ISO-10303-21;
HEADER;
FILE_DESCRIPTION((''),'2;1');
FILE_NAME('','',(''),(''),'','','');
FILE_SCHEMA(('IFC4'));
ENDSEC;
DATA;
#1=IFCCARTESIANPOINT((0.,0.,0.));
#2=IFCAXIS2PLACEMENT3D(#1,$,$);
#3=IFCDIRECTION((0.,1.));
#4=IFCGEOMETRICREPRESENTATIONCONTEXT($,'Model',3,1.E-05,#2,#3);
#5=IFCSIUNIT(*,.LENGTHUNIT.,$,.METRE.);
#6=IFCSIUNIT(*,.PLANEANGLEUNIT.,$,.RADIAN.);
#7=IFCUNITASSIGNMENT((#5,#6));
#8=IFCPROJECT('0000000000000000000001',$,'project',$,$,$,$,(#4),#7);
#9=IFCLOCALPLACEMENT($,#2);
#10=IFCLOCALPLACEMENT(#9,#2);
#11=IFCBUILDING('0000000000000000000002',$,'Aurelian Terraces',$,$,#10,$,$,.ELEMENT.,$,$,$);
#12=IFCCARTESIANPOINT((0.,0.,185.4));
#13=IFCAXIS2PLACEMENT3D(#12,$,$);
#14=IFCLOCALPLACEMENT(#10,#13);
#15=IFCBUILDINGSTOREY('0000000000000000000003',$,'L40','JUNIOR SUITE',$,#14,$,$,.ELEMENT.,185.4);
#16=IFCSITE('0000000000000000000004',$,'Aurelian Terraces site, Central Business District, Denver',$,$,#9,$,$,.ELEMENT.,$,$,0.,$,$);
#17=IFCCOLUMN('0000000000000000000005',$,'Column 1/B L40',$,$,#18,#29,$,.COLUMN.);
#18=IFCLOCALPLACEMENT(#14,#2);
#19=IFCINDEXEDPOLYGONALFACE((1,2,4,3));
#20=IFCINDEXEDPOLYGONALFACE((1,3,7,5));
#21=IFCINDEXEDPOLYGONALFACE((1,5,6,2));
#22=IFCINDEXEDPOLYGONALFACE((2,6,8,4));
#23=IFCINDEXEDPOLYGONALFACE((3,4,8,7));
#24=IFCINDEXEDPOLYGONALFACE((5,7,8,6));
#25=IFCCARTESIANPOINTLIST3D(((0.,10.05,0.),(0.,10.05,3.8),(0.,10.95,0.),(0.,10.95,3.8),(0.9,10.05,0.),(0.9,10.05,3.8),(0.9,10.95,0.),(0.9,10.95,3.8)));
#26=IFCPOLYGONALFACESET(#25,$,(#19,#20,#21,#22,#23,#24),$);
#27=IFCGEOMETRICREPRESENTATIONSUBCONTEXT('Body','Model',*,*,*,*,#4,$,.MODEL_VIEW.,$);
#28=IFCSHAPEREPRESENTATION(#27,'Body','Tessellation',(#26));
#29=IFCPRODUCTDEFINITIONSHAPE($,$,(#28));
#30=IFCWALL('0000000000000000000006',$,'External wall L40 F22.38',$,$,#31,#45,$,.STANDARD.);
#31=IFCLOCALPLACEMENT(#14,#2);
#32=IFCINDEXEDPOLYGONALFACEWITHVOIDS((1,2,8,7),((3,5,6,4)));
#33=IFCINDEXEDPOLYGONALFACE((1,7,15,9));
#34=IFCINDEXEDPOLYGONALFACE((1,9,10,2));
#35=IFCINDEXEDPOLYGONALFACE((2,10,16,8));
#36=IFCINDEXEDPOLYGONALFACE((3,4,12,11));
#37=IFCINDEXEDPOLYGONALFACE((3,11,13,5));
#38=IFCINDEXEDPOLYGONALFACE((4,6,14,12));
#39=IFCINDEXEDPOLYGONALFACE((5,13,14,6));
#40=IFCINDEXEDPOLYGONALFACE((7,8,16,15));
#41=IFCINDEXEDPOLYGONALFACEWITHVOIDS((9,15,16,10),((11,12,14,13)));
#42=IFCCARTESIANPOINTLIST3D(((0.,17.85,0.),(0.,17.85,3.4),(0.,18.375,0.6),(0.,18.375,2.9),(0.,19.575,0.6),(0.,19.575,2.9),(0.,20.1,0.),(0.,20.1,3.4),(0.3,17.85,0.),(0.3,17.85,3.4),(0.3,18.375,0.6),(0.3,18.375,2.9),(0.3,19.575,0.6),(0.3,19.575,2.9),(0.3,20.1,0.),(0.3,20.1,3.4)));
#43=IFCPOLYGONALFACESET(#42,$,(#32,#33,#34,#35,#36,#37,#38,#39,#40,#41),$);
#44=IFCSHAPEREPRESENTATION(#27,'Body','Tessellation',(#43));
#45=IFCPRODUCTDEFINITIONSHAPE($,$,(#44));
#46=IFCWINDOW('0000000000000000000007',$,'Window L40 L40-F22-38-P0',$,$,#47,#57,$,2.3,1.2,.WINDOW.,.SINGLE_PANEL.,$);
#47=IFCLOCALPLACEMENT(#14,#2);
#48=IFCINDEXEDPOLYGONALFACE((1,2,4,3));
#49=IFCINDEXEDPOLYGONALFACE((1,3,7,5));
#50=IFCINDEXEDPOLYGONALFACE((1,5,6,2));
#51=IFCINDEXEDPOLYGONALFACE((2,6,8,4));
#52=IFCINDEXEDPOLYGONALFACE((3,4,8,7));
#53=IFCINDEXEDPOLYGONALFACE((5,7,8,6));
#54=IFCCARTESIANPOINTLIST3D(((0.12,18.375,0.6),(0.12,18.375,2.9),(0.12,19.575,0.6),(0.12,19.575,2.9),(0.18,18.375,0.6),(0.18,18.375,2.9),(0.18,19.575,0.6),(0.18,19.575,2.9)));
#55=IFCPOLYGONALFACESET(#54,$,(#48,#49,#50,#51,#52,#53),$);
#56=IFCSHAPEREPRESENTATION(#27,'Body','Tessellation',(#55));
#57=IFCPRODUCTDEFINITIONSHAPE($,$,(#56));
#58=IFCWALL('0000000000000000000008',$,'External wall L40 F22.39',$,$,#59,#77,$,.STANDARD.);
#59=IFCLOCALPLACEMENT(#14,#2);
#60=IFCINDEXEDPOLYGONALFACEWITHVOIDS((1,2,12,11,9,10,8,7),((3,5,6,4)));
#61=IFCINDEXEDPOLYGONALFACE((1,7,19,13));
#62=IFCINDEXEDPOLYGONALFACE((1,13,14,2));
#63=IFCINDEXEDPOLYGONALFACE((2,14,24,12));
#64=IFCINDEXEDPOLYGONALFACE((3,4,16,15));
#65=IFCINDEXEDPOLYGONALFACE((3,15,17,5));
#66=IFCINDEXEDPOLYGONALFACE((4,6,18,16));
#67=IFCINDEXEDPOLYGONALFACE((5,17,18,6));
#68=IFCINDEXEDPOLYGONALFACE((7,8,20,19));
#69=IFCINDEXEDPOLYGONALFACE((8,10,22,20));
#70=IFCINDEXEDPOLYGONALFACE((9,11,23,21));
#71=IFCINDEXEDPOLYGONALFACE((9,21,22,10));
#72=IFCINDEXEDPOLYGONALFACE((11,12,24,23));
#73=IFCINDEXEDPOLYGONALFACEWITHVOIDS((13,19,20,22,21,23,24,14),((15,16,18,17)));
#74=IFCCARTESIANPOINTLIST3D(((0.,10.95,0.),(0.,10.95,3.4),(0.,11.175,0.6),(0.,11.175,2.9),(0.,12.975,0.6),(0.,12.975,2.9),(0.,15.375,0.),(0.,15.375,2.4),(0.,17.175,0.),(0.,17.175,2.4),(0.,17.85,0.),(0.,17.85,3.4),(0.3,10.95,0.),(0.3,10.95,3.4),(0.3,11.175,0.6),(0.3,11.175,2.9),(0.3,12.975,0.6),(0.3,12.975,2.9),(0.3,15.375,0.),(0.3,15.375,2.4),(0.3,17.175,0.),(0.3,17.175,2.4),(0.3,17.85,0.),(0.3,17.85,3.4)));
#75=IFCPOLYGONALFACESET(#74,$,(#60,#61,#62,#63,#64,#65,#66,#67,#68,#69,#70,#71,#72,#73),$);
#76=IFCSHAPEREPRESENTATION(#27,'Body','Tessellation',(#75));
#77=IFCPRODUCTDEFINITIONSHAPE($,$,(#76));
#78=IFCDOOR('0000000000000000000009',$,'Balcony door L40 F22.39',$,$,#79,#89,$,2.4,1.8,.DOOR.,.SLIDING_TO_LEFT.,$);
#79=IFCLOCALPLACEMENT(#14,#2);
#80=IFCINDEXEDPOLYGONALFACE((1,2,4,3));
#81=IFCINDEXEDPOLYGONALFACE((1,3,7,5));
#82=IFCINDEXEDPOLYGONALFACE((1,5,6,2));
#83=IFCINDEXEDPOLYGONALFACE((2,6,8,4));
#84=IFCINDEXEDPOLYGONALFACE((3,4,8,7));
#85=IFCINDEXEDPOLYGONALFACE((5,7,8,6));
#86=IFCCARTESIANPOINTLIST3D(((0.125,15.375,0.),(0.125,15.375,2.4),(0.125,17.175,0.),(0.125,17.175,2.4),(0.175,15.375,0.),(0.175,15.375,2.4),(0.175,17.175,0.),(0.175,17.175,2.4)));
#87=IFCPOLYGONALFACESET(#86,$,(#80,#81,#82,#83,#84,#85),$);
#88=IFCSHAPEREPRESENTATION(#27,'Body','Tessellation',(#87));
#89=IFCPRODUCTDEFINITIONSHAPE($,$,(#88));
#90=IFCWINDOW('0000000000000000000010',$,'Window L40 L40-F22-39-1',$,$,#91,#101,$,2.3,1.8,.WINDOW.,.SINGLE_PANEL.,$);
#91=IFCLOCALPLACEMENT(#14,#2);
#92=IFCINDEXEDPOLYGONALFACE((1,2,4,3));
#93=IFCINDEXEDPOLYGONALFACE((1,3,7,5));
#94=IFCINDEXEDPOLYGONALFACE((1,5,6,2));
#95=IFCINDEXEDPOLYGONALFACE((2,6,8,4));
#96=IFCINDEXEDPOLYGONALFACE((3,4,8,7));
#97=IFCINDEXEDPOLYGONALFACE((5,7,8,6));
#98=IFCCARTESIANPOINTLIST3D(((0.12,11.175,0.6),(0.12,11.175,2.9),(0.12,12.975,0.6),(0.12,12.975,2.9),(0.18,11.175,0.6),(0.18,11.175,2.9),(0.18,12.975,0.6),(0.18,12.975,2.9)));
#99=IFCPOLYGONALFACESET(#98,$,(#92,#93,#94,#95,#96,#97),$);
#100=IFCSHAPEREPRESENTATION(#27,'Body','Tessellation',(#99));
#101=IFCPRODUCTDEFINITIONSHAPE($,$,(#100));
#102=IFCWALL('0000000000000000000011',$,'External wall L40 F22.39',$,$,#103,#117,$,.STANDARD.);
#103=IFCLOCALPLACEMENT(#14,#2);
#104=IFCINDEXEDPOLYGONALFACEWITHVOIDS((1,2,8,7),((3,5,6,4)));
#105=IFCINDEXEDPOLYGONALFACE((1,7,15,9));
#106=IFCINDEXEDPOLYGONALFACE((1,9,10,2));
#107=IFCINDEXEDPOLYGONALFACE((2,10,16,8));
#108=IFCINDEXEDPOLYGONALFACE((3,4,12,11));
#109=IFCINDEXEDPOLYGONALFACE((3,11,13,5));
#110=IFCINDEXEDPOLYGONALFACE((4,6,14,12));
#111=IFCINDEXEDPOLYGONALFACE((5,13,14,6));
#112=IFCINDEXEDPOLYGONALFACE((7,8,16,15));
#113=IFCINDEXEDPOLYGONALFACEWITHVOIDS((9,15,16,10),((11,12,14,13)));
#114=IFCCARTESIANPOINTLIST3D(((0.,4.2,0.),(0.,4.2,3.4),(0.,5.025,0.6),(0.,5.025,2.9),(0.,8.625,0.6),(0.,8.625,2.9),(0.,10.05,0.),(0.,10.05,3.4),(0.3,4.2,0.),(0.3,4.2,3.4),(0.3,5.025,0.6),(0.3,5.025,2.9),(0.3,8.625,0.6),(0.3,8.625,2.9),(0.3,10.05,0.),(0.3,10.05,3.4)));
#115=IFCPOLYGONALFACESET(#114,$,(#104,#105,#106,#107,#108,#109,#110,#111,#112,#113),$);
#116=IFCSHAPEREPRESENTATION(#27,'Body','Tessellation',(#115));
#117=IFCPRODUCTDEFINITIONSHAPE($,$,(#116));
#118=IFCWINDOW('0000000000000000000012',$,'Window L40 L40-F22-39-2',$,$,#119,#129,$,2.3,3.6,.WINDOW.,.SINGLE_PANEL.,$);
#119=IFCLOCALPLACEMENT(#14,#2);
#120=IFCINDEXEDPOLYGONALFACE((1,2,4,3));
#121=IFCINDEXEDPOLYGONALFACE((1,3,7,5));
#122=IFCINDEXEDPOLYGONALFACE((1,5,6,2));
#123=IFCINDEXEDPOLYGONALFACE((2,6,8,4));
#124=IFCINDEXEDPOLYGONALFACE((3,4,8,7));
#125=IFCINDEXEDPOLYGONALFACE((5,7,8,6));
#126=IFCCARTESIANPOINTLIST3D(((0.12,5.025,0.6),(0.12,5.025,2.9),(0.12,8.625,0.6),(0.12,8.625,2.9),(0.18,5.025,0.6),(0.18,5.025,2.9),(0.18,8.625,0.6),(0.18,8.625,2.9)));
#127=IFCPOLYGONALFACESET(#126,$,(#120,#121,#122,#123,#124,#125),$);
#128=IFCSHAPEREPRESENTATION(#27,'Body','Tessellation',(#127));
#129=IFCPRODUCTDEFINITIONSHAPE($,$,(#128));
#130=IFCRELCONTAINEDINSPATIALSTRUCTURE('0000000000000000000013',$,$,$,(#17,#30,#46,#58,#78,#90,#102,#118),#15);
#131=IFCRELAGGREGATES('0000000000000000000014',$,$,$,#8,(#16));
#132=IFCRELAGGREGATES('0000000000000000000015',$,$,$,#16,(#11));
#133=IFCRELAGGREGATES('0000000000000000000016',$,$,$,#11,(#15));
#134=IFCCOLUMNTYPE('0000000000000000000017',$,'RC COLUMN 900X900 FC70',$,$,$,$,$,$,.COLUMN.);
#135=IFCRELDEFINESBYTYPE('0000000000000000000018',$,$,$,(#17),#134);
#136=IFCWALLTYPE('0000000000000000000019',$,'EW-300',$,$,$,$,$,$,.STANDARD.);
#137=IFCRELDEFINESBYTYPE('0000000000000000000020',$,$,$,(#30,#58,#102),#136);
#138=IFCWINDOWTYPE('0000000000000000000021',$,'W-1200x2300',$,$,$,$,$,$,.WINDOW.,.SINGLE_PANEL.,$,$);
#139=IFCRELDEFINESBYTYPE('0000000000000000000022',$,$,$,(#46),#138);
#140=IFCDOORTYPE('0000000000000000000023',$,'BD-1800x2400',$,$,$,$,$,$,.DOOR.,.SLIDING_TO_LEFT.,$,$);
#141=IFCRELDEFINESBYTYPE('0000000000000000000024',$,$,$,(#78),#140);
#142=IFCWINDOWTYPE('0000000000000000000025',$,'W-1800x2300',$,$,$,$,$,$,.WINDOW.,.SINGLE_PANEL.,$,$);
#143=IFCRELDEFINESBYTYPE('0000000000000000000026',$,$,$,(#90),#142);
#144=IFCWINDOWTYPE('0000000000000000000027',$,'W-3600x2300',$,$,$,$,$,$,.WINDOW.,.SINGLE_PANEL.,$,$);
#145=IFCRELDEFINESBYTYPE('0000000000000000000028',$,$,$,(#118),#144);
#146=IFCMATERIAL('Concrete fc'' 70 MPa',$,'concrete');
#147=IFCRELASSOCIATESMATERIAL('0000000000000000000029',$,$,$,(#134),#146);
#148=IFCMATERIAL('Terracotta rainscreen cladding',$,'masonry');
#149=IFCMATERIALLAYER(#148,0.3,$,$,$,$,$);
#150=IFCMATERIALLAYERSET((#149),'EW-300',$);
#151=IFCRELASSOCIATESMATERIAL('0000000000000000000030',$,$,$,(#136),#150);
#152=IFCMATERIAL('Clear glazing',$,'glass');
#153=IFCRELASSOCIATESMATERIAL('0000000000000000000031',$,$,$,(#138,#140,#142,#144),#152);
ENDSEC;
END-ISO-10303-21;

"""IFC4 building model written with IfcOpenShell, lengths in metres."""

from ifc_helpers import new_model, si_unit, direction, frame, frame_2d, origin, origin_2d, place, context, subcontext, project, spatial, rectangle, extrude, source, transform, mapped, material, layer, layer_set, material_profile, profile_set, type_object, element, fill, save


model = new_model("IFC4")

# Units and contexts
model_context = context("Model", 3, precision=1e-05, world=origin(), true_north=direction((0.0, 1.0)))
body_context = subcontext(model_context, "Body", "Model", "MODEL_VIEW")
ifc_project = project(units=[si_unit("LENGTHUNIT", "METRE"), si_unit("PLANEANGLEUNIT", "RADIAN")], contexts=[model_context])

# Site, building, storey
site_placement = place(None, origin())
site = spatial("IfcSite", under=ifc_project, at=site_placement, Name="Aurelian Terraces site, Central Business District, Denver", CompositionType="ELEMENT", RefElevation=0.0)
building_placement = place(site_placement, origin())
building = spatial("IfcBuilding", under=site, at=building_placement, Name="Aurelian Terraces", CompositionType="ELEMENT")
storey_placement = place(building_placement, frame((0.0, 0.0, 185.4)))
storey = spatial("IfcBuildingStorey", under=building, at=storey_placement, Name="L40", Description="JUNIOR SUITE", CompositionType="ELEMENT", Elevation=185.4)

# Column
ifc_material_1 = material(Name="Concrete fc' 70 MPa", Category="concrete")
ifc_material_profile = material_profile(ifc_material_1, rectangle(XDim=0.9, YDim=0.9, at=origin_2d()))
ifc_profile_set = profile_set([ifc_material_profile], Name="Concrete fc' 70 MPa")
column_type = type_object("IfcColumnType", Name="RC COLUMN 900X900 FC70", PredefinedType="COLUMN", material=ifc_profile_set)
shared_shape_1 = source(origin(), body_context, "Body", "SweptSolid", [
    extrude(rectangle(XDim=0.9, YDim=0.9, at=origin_2d()), origin(), (0.0, 0.0, 1.0), 3.8),
])
column_placement = place(storey_placement, frame((0.45, 10.5, 0.0), z_axis=(0.0, 0.0, 1.0), x_axis=(1.0, 0.0, 0.0)))
element("IfcColumn", 1, at=column_placement, inside=storey, type_object=column_type, Name="Column 1/B L40", PredefinedType="COLUMN", context=body_context, shape_type="MappedRepresentation", body=[
    mapped(shared_shape_1, transform((0.0, 0.0, 0.0), scale=1.0)),
])

# Wall, opening, window
ifc_material_2 = material(Name="Terracotta rainscreen cladding", Category="masonry")
ifc_layer_1 = layer(ifc_material_2, 0.3)
ifc_layer_set_1 = layer_set([ifc_layer_1], Name="EW-300")
wall_type_1 = type_object("IfcWallType", Name="EW-300", PredefinedType="STANDARD", material=ifc_layer_set_1)
wall_1_placement = place(storey_placement, frame((0.15, 20.1, 0.0), z_axis=(0.0, 0.0, 1.0), x_axis=(0.0, -1.0, 0.0)))
wall_1 = element("IfcWall", 2, at=wall_1_placement, inside=storey, type_object=wall_type_1, Name="External wall L40 F22.38", PredefinedType="STANDARD", context=body_context, shape_type="SweptSolid", body=[
    extrude(rectangle(XDim=2.25, YDim=0.3, at=frame_2d((1.125, 0.0))), origin(), (0.0, 0.0, 1.0), 3.4),
])
shared_shape_2 = source(origin(), body_context, "Body", "SweptSolid", [
    extrude(rectangle(XDim=1.2, YDim=2.3, at=frame_2d((0.6, 1.15))), frame((0.0, 0.16, 0.0), z_axis=(0.0, -1.0, 0.0), x_axis=(1.0, 0.0, 0.0)), (0.0, 0.0, 1.0), 0.32),
])
opening_1_placement = place(wall_1_placement, frame((0.525, 0.0, 0.6)))
opening_1 = element("IfcOpeningElement", 3, at=opening_1_placement, cuts=wall_1, PredefinedType="OPENING", context=body_context, shape_type="MappedRepresentation", body=[
    mapped(shared_shape_2, transform((0.0, 0.0, 0.0), scale=1.0)),
])
ifc_material_3 = material(Name="Clear glazing", Category="glass")
window_type_1 = type_object("IfcWindowType", Name="W-1200x2300", PartitioningType="SINGLE_PANEL", PredefinedType="WINDOW", material=ifc_material_3)
shared_shape_3 = source(origin(), body_context, "Body", "SweptSolid", [
    extrude(rectangle(XDim=1.2, YDim=2.3, at=frame_2d((0.6, 1.15))), frame((0.0, 0.03, 0.0), z_axis=(0.0, -1.0, 0.0), x_axis=(1.0, 0.0, 0.0)), (0.0, 0.0, 1.0), 0.06),
])
window_1_placement = place(opening_1_placement, origin())
window_1 = element("IfcWindow", 4, at=window_1_placement, inside=storey, type_object=window_type_1, Name="Window L40 L40-F22-38-P0", OverallHeight=2.3, OverallWidth=1.2, PartitioningType="SINGLE_PANEL", PredefinedType="WINDOW", context=body_context, shape_type="MappedRepresentation", body=[
    mapped(shared_shape_3, transform((0.0, 0.0, 0.0), scale=1.0)),
])
fill(opening_1, window_1)

# Wall, openings, door, window
wall_2_placement = place(storey_placement, frame((0.15, 17.85, 0.0), z_axis=(0.0, 0.0, 1.0), x_axis=(0.0, -1.0, 0.0)))
wall_2 = element("IfcWall", 5, at=wall_2_placement, inside=storey, type_object=wall_type_1, Name="External wall L40 F22.39", PredefinedType="STANDARD", context=body_context, shape_type="SweptSolid", body=[
    extrude(rectangle(XDim=6.9, YDim=0.3, at=frame_2d((3.45, 0.0))), origin(), (0.0, 0.0, 1.0), 3.4),
])
shared_shape_4 = source(origin(), body_context, "Body", "SweptSolid", [
    extrude(rectangle(XDim=1.8, YDim=2.4, at=frame_2d((0.9, 1.2))), frame((0.0, 0.16, 0.0), z_axis=(0.0, -1.0, 0.0), x_axis=(1.0, 0.0, 0.0)), (0.0, 0.0, 1.0), 0.32),
])
opening_2_placement = place(wall_2_placement, frame((0.675, 0.0, 0.0)))
opening_2 = element("IfcOpeningElement", 6, at=opening_2_placement, cuts=wall_2, PredefinedType="OPENING", context=body_context, shape_type="MappedRepresentation", body=[
    mapped(shared_shape_4, transform((0.0, 0.0, 0.0), scale=1.0)),
])
shared_shape_5 = source(origin(), body_context, "Body", "SweptSolid", [
    extrude(rectangle(XDim=1.8, YDim=2.3, at=frame_2d((0.9, 1.15))), frame((0.0, 0.16, 0.0), z_axis=(0.0, -1.0, 0.0), x_axis=(1.0, 0.0, 0.0)), (0.0, 0.0, 1.0), 0.32),
])
opening_3_placement = place(wall_2_placement, frame((4.875, 0.0, 0.6)))
opening_3 = element("IfcOpeningElement", 7, at=opening_3_placement, cuts=wall_2, PredefinedType="OPENING", context=body_context, shape_type="MappedRepresentation", body=[
    mapped(shared_shape_5, transform((0.0, 0.0, 0.0), scale=1.0)),
])
door_type_1 = type_object("IfcDoorType", Name="BD-1800x2400", OperationType="SLIDING_TO_LEFT", PredefinedType="DOOR", material=ifc_material_3)
shared_shape_6 = source(origin(), body_context, "Body", "SweptSolid", [
    extrude(rectangle(XDim=1.8, YDim=2.4, at=frame_2d((0.9, 1.2))), frame((0.0, 0.025, 0.0), z_axis=(0.0, -1.0, 0.0), x_axis=(1.0, 0.0, 0.0)), (0.0, 0.0, 1.0), 0.05),
])
door_1_placement = place(opening_2_placement, origin())
door_1 = element("IfcDoor", 8, at=door_1_placement, inside=storey, type_object=door_type_1, Name="Balcony door L40 F22.39", OperationType="SLIDING_TO_LEFT", OverallHeight=2.4, OverallWidth=1.8, PredefinedType="DOOR", context=body_context, shape_type="MappedRepresentation", body=[
    mapped(shared_shape_6, transform((0.0, 0.0, 0.0), scale=1.0)),
])
fill(opening_2, door_1)
window_type_2 = type_object("IfcWindowType", Name="W-1800x2300", PartitioningType="SINGLE_PANEL", PredefinedType="WINDOW", material=ifc_material_3)
shared_shape_7 = source(origin(), body_context, "Body", "SweptSolid", [
    extrude(rectangle(XDim=1.8, YDim=2.3, at=frame_2d((0.9, 1.15))), frame((0.0, 0.03, 0.0), z_axis=(0.0, -1.0, 0.0), x_axis=(1.0, 0.0, 0.0)), (0.0, 0.0, 1.0), 0.06),
])
window_2_placement = place(opening_3_placement, origin())
window_2 = element("IfcWindow", 9, at=window_2_placement, inside=storey, type_object=window_type_2, Name="Window L40 L40-F22-39-1", OverallHeight=2.3, OverallWidth=1.8, PartitioningType="SINGLE_PANEL", PredefinedType="WINDOW", context=body_context, shape_type="MappedRepresentation", body=[
    mapped(shared_shape_7, transform((0.0, 0.0, 0.0), scale=1.0)),
])
fill(opening_3, window_2)

# Wall, opening, window
shared_shape_8 = source(origin(), body_context, "Body", "SweptSolid", [
    extrude(rectangle(XDim=5.85, YDim=0.3, at=frame_2d((2.925, 0.0))), origin(), (0.0, 0.0, 1.0), 3.4),
])
wall_3_placement = place(storey_placement, frame((0.15, 10.05, 0.0), z_axis=(0.0, 0.0, 1.0), x_axis=(0.0, -1.0, 0.0)))
wall_3 = element("IfcWall", 10, at=wall_3_placement, inside=storey, type_object=wall_type_1, Name="External wall L40 F22.39", PredefinedType="STANDARD", context=body_context, shape_type="MappedRepresentation", body=[
    mapped(shared_shape_8, transform((0.0, 0.0, 0.0), scale=1.0)),
])
shared_shape_9 = source(origin(), body_context, "Body", "SweptSolid", [
    extrude(rectangle(XDim=3.6, YDim=2.3, at=frame_2d((1.8, 1.15))), frame((0.0, 0.16, 0.0), z_axis=(0.0, -1.0, 0.0), x_axis=(1.0, 0.0, 0.0)), (0.0, 0.0, 1.0), 0.32),
])
opening_4_placement = place(wall_3_placement, frame((1.425, 0.0, 0.6)))
opening_4 = element("IfcOpeningElement", 11, at=opening_4_placement, cuts=wall_3, PredefinedType="OPENING", context=body_context, shape_type="MappedRepresentation", body=[
    mapped(shared_shape_9, transform((0.0, 0.0, 0.0), scale=1.0)),
])
window_type_3 = type_object("IfcWindowType", Name="W-3600x2300", PartitioningType="SINGLE_PANEL", PredefinedType="WINDOW", material=ifc_material_3)
shared_shape_10 = source(origin(), body_context, "Body", "SweptSolid", [
    extrude(rectangle(XDim=3.6, YDim=2.3, at=frame_2d((1.8, 1.15))), frame((0.0, 0.03, 0.0), z_axis=(0.0, -1.0, 0.0), x_axis=(1.0, 0.0, 0.0)), (0.0, 0.0, 1.0), 0.06),
])
window_3_placement = place(opening_4_placement, origin())
window_3 = element("IfcWindow", 12, at=window_3_placement, inside=storey, type_object=window_type_3, Name="Window L40 L40-F22-39-2", OverallHeight=2.3, OverallWidth=3.6, PartitioningType="SINGLE_PANEL", PredefinedType="WINDOW", context=body_context, shape_type="MappedRepresentation", body=[
    mapped(shared_shape_10, transform((0.0, 0.0, 0.0), scale=1.0)),
])
fill(opening_4, window_3)

save(model, "model.ifc")
